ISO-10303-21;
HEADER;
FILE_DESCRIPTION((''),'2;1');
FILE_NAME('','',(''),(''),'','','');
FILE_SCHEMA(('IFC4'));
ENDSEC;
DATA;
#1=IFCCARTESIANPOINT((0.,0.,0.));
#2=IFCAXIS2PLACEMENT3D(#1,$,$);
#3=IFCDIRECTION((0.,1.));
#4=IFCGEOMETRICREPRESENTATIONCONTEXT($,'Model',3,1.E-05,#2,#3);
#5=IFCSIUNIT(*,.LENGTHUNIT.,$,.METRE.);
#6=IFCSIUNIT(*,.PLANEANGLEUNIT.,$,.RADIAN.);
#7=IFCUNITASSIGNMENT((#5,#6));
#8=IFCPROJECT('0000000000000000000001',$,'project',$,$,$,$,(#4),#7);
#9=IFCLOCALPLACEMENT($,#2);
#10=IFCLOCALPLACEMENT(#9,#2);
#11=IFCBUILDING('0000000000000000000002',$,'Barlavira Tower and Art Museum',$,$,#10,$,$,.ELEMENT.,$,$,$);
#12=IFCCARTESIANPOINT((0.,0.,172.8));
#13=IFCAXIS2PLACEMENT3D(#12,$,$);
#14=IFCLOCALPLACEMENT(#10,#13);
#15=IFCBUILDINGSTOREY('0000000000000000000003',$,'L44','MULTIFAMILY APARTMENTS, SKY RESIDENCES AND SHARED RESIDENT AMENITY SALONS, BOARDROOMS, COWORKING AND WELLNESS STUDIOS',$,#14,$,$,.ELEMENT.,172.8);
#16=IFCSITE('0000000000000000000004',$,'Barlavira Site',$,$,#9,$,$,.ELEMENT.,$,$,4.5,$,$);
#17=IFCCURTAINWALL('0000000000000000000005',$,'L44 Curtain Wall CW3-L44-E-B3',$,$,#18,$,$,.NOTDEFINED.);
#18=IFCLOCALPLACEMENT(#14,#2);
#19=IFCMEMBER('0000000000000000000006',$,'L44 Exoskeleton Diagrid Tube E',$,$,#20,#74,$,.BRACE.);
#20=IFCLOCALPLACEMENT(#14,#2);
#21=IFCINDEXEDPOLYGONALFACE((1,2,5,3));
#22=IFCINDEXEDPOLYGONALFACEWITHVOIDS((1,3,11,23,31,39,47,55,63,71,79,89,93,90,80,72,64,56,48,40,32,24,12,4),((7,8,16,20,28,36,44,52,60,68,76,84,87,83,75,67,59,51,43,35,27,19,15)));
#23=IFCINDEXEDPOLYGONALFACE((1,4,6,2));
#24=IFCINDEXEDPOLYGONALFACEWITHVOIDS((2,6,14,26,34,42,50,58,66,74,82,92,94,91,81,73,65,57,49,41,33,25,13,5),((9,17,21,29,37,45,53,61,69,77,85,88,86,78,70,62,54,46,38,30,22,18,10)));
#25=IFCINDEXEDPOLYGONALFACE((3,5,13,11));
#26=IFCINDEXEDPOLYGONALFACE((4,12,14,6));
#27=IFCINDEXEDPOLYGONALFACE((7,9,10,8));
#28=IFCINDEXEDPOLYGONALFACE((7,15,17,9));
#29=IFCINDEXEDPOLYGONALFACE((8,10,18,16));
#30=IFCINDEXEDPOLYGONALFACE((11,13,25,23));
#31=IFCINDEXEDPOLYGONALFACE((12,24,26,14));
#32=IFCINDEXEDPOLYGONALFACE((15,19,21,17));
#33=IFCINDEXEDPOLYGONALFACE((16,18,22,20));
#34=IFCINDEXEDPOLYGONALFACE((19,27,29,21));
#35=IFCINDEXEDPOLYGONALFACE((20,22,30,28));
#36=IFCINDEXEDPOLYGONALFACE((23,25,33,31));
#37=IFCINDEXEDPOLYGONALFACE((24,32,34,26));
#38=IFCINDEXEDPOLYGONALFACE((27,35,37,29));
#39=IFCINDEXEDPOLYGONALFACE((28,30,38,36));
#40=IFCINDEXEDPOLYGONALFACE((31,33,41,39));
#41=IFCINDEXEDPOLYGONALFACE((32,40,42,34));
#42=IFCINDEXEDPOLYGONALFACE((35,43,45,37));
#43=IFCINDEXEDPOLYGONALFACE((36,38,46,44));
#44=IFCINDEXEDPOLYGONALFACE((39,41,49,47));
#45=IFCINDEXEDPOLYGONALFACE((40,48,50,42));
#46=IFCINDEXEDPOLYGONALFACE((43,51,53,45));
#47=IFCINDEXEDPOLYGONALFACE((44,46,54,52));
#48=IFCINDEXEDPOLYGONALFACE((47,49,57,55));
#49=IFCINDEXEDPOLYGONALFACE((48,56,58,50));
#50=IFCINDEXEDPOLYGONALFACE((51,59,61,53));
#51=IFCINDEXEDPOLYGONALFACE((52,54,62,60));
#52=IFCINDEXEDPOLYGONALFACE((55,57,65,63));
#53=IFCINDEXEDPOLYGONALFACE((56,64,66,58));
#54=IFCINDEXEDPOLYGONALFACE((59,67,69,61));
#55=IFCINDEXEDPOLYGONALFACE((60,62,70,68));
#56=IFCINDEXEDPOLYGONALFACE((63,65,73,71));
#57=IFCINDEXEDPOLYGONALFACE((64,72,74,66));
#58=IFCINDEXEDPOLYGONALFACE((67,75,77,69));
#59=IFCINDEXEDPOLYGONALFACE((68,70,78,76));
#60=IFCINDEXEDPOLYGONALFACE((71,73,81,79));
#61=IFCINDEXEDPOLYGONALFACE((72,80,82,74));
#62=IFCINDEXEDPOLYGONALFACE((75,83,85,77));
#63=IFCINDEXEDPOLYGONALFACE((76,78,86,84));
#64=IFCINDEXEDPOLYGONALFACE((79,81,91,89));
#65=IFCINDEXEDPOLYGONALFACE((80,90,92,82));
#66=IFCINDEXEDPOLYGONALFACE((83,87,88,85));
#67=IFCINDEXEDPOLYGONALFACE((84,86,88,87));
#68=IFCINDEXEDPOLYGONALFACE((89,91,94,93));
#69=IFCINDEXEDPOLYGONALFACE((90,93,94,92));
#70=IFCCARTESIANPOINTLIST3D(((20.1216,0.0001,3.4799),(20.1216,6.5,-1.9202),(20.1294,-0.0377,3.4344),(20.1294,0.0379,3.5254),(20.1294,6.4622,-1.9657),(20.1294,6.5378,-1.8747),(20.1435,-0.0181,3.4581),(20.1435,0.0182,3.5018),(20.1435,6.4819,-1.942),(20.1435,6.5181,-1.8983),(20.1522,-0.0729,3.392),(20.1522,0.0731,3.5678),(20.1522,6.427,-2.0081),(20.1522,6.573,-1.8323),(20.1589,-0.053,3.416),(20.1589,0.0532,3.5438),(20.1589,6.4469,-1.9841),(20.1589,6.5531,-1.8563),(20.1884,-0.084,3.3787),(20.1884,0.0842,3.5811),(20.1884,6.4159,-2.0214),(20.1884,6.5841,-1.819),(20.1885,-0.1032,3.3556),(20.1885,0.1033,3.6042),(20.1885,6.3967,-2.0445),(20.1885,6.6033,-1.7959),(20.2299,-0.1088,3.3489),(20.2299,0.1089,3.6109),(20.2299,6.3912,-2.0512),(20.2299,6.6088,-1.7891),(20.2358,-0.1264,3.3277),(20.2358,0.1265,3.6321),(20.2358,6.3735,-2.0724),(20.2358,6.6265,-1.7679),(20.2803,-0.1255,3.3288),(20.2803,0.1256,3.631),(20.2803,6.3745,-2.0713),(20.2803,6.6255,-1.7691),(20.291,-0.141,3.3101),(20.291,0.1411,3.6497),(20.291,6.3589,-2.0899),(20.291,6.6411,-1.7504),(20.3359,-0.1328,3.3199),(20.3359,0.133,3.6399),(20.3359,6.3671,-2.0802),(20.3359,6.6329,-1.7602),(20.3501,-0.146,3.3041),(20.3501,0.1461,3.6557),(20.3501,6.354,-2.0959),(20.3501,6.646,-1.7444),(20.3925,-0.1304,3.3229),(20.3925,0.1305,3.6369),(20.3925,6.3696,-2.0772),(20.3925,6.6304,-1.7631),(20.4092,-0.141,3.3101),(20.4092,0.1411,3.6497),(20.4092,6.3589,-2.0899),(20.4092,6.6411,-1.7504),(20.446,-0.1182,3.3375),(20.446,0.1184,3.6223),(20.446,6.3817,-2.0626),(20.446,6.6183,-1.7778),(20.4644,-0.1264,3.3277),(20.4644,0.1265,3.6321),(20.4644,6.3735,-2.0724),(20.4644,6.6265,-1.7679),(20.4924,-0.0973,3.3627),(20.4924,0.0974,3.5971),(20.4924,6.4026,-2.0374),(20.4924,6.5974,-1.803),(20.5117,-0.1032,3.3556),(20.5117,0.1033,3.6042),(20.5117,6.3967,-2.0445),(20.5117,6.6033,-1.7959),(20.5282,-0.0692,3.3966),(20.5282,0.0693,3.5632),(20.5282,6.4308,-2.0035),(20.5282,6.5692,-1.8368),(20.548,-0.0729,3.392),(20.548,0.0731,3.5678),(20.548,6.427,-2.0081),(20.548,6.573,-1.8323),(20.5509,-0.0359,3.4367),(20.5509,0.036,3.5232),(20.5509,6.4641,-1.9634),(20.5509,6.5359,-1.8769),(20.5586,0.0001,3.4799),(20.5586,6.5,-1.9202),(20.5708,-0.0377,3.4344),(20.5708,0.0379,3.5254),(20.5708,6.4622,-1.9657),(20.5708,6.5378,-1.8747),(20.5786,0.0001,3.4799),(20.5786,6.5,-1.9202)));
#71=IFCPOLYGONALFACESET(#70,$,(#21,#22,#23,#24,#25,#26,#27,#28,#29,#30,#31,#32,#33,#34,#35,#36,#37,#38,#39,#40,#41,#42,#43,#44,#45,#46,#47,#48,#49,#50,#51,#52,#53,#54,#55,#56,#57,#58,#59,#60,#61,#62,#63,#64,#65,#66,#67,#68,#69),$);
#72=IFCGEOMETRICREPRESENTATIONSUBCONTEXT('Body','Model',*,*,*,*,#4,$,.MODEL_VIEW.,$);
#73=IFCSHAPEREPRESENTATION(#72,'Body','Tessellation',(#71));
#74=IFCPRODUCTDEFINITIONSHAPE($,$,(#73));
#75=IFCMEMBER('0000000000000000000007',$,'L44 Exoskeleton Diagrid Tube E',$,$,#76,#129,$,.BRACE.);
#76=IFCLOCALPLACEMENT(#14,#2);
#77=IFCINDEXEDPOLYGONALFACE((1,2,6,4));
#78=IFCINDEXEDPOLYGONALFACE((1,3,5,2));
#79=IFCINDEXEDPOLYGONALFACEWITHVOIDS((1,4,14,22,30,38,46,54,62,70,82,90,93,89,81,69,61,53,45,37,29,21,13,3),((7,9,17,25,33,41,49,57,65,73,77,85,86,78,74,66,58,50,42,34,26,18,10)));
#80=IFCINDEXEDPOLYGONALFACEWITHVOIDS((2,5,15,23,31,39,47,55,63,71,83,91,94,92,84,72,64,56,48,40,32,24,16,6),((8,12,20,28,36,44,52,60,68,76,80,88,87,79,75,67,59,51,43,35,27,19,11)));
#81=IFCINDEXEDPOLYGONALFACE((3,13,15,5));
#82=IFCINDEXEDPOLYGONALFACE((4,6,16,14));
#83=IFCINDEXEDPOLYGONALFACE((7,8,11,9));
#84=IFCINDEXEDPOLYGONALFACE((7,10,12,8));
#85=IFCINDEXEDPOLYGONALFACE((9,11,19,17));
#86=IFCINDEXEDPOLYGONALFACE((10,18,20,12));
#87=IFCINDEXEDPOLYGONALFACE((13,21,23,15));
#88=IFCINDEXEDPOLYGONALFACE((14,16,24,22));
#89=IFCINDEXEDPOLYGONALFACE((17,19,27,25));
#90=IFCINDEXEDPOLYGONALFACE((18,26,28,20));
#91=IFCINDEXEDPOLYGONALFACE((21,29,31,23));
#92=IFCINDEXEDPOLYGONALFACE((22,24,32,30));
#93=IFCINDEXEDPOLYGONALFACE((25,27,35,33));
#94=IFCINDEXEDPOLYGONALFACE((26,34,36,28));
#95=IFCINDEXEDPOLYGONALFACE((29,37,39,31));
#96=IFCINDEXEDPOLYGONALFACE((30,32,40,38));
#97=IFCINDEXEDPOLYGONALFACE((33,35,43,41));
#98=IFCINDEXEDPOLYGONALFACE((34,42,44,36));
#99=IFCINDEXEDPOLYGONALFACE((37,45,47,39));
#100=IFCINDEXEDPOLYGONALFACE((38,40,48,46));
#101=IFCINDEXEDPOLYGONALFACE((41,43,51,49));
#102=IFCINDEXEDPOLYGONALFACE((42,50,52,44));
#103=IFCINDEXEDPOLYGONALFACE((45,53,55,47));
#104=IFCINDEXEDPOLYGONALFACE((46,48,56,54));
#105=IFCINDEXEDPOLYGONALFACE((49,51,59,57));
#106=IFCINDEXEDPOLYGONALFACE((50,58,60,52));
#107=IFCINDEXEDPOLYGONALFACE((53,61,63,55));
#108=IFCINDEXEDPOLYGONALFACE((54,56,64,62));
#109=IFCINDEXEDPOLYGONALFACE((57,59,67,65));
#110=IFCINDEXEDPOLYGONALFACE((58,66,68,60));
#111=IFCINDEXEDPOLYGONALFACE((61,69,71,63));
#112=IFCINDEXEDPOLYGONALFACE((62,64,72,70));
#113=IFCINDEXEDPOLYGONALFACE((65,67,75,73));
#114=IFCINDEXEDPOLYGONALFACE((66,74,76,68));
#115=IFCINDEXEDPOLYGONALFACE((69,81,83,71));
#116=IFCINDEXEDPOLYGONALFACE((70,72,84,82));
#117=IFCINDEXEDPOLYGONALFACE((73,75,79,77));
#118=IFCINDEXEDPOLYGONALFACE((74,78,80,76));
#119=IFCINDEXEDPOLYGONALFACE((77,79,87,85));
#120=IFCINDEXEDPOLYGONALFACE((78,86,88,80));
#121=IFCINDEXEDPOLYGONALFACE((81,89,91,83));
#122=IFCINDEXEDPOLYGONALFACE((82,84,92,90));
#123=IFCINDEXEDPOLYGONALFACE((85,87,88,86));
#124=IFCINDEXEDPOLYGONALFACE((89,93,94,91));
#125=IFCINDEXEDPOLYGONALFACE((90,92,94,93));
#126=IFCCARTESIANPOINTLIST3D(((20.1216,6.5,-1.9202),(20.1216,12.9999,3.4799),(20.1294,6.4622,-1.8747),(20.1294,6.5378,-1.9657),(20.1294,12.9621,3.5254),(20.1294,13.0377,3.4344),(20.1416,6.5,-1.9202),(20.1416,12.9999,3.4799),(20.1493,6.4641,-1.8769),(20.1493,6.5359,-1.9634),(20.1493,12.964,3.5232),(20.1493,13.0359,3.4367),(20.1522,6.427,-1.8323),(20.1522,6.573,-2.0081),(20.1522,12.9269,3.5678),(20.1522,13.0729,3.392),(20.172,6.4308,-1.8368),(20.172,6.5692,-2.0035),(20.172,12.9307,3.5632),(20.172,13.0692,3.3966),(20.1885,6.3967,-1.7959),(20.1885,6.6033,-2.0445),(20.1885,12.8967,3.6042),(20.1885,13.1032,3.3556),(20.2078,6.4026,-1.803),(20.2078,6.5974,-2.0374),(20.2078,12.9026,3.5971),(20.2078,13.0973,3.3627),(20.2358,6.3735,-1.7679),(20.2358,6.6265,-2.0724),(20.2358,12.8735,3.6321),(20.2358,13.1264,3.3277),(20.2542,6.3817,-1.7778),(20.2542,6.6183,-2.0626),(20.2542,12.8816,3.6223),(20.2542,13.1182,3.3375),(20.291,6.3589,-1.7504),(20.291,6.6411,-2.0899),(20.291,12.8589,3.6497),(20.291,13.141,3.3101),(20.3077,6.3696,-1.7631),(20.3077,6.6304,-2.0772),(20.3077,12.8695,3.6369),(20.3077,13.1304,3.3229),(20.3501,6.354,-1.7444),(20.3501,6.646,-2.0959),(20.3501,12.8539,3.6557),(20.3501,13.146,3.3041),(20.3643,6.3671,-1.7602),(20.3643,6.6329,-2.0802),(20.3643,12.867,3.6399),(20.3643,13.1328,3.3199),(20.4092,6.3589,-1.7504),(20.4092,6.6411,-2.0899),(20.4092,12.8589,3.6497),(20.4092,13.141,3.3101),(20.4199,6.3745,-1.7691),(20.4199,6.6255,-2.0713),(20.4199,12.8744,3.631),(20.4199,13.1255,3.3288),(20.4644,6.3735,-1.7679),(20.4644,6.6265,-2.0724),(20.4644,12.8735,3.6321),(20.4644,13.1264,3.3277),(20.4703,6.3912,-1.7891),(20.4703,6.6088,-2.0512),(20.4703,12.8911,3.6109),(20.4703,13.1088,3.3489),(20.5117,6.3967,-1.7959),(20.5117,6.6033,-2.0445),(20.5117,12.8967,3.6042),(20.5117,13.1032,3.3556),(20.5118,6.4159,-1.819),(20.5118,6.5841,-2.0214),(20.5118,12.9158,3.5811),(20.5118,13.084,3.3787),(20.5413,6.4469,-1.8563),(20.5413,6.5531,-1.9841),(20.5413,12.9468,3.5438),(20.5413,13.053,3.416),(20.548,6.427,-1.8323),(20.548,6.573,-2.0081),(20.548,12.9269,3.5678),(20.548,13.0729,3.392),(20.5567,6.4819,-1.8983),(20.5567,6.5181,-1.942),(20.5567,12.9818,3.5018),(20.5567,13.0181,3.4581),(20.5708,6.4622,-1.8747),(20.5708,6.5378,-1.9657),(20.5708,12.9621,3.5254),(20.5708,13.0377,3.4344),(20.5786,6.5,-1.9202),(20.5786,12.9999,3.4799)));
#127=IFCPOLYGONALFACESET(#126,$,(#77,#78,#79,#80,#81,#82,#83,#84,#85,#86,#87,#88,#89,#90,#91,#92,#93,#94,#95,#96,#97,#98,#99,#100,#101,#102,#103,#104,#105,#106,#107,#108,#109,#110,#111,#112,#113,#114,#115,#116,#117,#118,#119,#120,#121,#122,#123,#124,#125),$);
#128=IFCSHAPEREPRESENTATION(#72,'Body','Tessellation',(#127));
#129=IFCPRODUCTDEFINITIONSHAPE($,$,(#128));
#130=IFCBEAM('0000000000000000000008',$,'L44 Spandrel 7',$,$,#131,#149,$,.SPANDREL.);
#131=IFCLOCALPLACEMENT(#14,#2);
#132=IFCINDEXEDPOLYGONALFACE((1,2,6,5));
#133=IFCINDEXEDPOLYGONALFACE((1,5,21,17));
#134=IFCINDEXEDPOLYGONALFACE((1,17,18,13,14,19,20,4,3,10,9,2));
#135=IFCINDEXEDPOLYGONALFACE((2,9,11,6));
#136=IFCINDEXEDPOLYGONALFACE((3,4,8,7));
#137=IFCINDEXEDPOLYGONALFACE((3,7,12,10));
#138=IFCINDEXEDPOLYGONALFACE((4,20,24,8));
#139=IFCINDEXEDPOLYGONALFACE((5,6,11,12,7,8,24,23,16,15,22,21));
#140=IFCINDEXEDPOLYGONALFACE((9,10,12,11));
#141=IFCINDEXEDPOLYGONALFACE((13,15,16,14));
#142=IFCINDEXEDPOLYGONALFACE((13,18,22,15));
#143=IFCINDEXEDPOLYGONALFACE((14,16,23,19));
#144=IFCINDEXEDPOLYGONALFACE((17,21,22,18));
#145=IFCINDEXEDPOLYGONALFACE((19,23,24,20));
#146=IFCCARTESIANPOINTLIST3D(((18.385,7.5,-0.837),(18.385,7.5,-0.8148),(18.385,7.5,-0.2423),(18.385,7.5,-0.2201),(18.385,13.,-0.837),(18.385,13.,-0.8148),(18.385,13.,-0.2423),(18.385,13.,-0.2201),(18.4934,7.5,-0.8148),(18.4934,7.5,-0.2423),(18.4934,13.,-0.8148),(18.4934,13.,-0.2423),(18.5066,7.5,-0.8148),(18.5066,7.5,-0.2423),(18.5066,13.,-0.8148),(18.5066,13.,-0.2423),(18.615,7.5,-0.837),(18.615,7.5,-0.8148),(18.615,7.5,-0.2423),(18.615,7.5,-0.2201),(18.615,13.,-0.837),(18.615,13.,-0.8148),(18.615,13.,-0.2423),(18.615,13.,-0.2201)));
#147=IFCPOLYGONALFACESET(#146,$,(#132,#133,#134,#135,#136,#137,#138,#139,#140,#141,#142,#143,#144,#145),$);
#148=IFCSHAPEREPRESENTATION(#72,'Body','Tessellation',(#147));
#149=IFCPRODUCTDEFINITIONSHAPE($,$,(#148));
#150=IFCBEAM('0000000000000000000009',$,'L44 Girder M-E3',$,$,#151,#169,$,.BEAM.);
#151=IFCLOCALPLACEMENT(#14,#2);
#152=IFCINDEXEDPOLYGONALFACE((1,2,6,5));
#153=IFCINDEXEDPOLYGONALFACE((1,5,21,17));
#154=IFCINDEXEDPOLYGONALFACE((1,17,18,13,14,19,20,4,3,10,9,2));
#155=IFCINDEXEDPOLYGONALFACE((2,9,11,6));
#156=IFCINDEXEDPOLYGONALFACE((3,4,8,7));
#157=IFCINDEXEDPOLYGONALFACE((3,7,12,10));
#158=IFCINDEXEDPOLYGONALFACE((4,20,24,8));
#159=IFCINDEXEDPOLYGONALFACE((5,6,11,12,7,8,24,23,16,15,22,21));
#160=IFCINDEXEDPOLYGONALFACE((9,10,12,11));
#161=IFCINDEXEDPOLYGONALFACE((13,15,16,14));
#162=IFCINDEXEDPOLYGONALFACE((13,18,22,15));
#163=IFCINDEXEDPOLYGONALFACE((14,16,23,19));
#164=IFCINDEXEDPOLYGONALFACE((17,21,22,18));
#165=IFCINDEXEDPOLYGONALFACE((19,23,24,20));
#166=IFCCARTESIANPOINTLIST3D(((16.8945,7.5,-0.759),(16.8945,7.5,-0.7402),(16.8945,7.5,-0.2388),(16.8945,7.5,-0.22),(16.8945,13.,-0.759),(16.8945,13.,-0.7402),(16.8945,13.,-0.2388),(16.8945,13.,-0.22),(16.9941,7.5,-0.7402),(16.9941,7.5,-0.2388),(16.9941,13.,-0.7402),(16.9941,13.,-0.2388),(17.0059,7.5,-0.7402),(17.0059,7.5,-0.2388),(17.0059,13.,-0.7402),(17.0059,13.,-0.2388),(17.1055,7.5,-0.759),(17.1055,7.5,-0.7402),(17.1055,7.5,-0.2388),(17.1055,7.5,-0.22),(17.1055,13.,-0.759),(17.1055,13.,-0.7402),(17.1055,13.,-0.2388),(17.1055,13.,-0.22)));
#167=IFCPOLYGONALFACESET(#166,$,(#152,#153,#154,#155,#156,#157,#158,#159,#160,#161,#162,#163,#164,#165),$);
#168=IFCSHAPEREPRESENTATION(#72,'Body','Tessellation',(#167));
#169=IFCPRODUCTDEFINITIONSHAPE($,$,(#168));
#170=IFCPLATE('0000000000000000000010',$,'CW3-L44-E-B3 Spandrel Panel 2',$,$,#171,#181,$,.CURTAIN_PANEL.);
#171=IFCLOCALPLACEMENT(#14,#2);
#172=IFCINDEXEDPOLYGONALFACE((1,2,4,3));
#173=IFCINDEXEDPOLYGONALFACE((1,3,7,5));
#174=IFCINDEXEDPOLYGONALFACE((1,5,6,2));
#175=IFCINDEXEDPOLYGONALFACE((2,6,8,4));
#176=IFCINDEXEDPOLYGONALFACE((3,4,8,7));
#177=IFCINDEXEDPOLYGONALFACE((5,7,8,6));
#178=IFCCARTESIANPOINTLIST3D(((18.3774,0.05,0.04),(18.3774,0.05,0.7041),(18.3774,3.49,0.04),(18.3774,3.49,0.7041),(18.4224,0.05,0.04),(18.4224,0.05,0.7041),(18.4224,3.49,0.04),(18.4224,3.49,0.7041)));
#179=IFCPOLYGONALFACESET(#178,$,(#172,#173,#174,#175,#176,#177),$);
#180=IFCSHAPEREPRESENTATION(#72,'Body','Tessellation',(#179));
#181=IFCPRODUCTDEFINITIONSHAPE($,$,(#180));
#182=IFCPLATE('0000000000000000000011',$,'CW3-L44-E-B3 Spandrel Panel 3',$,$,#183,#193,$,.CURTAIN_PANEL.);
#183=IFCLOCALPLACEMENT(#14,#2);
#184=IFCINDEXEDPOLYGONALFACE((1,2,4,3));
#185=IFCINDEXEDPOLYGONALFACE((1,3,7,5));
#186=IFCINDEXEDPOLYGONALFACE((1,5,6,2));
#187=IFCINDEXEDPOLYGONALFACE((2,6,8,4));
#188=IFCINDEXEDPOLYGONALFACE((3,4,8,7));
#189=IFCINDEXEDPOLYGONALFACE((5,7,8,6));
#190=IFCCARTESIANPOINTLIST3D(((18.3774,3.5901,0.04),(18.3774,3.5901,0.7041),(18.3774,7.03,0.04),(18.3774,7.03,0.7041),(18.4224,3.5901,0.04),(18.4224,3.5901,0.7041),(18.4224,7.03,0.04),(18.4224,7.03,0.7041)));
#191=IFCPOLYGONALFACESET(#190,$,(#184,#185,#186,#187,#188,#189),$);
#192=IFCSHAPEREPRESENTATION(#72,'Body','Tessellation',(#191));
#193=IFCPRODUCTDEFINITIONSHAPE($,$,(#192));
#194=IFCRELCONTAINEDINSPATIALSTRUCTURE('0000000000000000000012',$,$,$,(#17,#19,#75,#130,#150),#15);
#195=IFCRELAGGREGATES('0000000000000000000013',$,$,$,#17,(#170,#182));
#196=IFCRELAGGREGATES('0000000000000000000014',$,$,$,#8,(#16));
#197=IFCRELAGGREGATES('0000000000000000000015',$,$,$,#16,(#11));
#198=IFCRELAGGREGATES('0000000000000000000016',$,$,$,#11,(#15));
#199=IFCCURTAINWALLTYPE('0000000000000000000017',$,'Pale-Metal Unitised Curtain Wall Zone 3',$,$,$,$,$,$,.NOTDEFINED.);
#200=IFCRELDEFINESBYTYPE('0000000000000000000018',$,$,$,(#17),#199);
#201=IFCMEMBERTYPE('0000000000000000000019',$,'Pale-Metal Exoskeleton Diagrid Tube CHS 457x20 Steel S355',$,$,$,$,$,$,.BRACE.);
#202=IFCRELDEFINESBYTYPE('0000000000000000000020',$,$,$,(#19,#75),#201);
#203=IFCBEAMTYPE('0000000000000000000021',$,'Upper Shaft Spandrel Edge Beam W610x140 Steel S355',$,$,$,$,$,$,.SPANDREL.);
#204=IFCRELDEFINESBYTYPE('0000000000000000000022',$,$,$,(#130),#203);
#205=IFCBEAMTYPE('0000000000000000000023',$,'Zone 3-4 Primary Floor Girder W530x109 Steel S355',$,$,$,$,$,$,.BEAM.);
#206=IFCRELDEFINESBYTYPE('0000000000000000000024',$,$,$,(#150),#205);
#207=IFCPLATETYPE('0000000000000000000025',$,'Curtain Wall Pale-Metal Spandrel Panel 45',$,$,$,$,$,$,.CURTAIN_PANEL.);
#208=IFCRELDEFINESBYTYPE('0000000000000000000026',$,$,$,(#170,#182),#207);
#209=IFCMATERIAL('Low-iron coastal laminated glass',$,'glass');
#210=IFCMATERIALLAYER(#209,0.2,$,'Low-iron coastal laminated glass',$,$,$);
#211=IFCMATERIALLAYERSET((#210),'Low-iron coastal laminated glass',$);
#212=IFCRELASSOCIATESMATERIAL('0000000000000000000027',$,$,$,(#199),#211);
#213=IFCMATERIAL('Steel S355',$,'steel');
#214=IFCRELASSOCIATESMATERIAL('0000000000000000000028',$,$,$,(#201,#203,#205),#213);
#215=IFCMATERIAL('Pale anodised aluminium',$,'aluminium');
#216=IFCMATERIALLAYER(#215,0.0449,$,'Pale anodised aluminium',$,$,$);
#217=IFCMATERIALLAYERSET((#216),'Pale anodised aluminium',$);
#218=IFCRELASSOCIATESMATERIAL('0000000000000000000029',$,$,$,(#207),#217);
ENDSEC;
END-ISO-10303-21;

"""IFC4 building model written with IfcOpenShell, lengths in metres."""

from ifc_helpers import new_model, si_unit, direction, frame, origin, origin_2d, place, context, subcontext, project, spatial, rectangle, hollow_circle, i_section, extrude, material, layer, layer_set, material_profile, profile_set, type_object, element, aggregate, save


model = new_model("IFC4")

# Units and contexts
model_context = context("Model", 3, precision=1e-05, world=origin(), true_north=direction((0.0, 1.0)))
body_context = subcontext(model_context, "Body", "Model", "MODEL_VIEW")
ifc_project = project(units=[si_unit("LENGTHUNIT", "METRE"), si_unit("PLANEANGLEUNIT", "RADIAN")], contexts=[model_context])

# Site, building, storey
site_placement = place(None, origin())
site = spatial("IfcSite", under=ifc_project, at=site_placement, Name="Barlavira Site", CompositionType="ELEMENT", RefElevation=4.5)
building_placement = place(site_placement, origin())
building = spatial("IfcBuilding", under=site, at=building_placement, Name="Barlavira Tower and Art Museum", CompositionType="ELEMENT")
storey_placement = place(building_placement, frame((0.0, 0.0, 172.8)))
storey = spatial("IfcBuildingStorey", under=building, at=storey_placement, Name="L44", Description="MULTIFAMILY APARTMENTS, SKY RESIDENCES AND SHARED RESIDENT AMENITY SALONS, BOARDROOMS, COWORKING AND WELLNESS STUDIOS", CompositionType="ELEMENT", Elevation=172.8)

# Curtain wall
ifc_material_1 = material(Name="Low-iron coastal laminated glass", Category="glass")
ifc_layer_1 = layer(ifc_material_1, 0.2, Name="Low-iron coastal laminated glass")
ifc_layer_set_1 = layer_set([ifc_layer_1], Name="Low-iron coastal laminated glass")
curtain_wall_type = type_object("IfcCurtainWallType", Name="Pale-Metal Unitised Curtain Wall Zone 3", PredefinedType="NOTDEFINED", material=ifc_layer_set_1)
curtain_wall_placement = place(storey_placement, origin())
curtain_wall = element("IfcCurtainWall", 1, at=curtain_wall_placement, inside=storey, type_object=curtain_wall_type, Name="L44 Curtain Wall CW3-L44-E-B3", PredefinedType="NOTDEFINED")
ifc_material_2 = material(Name="Pale anodised aluminium", Category="aluminium")

# Members
ifc_material_3 = material(Name="Steel S355", Category="steel")
ifc_material_profile_1 = material_profile(ifc_material_3, hollow_circle(Radius=0.2285, WallThickness=0.02, at=origin_2d()), Name="CHS 457.0x20.0")
ifc_profile_set_1 = profile_set([ifc_material_profile_1], Name="Steel S355")
member_type_1 = type_object("IfcMemberType", Name="Pale-Metal Exoskeleton Diagrid Tube CHS 457x20 Steel S355", PredefinedType="BRACE", material=ifc_profile_set_1)
for number, where, z_axis, x_axis, name in (
    (2, (20.3501, 6.5, -1.9202), (0.0, -0.769182, 0.63903), (1.0, 0.0, 0.0), "L44 Exoskeleton Diagrid Tube E"),
    (3, (20.3501, 6.5, -1.9202), (0.0, 0.769182, 0.63903), (-1.0, 0.0, 0.0), "L44 Exoskeleton Diagrid Tube E"),
):
    element("IfcMember", number, at=place(storey_placement, frame(where, z_axis=z_axis, x_axis=x_axis)), inside=storey, type_object=member_type_1, Name=name, PredefinedType="BRACE", context=body_context, shape_type="SweptSolid", body=[
        extrude(hollow_circle(Radius=0.2285, WallThickness=0.02, at=origin_2d()), origin(), (0.0, 0.0, 1.0), 8.4504),
    ])

# Beams
ifc_material_profile_2 = material_profile(ifc_material_3, i_section(OverallWidth=0.23, OverallDepth=0.6169, WebThickness=0.0132, FlangeThickness=0.0222, at=origin_2d()), Name="W610x140.0")
ifc_profile_set_2 = profile_set([ifc_material_profile_2], Name="Steel S355")
beam_type_1 = type_object("IfcBeamType", Name="Upper Shaft Spandrel Edge Beam W610x140 Steel S355", PredefinedType="SPANDREL", material=ifc_profile_set_2)
beam_1_placement = place(storey_placement, frame((18.5, 7.5, -0.5286), z_axis=(0.0, 1.0, 0.0), x_axis=(-1.0, 0.0, 0.0)))
element("IfcBeam", 4, at=beam_1_placement, inside=storey, type_object=beam_type_1, Name="L44 Spandrel 7", PredefinedType="SPANDREL", context=body_context, shape_type="SweptSolid", body=[
    extrude(i_section(OverallWidth=0.23, OverallDepth=0.6169, WebThickness=0.0132, FlangeThickness=0.0222, at=origin_2d()), origin(), (0.0, 0.0, 1.0), 5.5),
])
ifc_material_profile_3 = material_profile(ifc_material_3, i_section(OverallWidth=0.2109, OverallDepth=0.5391, WebThickness=0.0117, FlangeThickness=0.0188, at=origin_2d()), Name="W530x109.0")
ifc_profile_set_3 = profile_set([ifc_material_profile_3], Name="Steel S355")
beam_type_2 = type_object("IfcBeamType", Name="Zone 3-4 Primary Floor Girder W530x109 Steel S355", PredefinedType="BEAM", material=ifc_profile_set_3)
beam_2_placement = place(storey_placement, frame((17.0, 7.5, -0.4895), z_axis=(0.0, 1.0, 0.0), x_axis=(-1.0, 0.0, 0.0)))
element("IfcBeam", 5, at=beam_2_placement, inside=storey, type_object=beam_type_2, Name="L44 Girder M-E3", PredefinedType="BEAM", context=body_context, shape_type="SweptSolid", body=[
    extrude(i_section(OverallWidth=0.2109, OverallDepth=0.5391, WebThickness=0.0117, FlangeThickness=0.0188, at=origin_2d()), origin(), (0.0, 0.0, 1.0), 5.5),
])

# Plates
ifc_layer_2 = layer(ifc_material_2, 0.0449, Name="Pale anodised aluminium")
ifc_layer_set_2 = layer_set([ifc_layer_2], Name="Pale anodised aluminium")
plate_type_1 = type_object("IfcPlateType", Name="Curtain Wall Pale-Metal Spandrel Panel 45", PredefinedType="CURTAIN_PANEL", material=ifc_layer_set_2)
plate_1_placement = place(storey_placement, frame((18.3999, 1.77, 0.04), z_axis=(0.0, 0.0, 1.0), x_axis=(0.0, 1.0, 0.0)))
plate_1 = element("IfcPlate", 6, at=plate_1_placement, type_object=plate_type_1, Name="CW3-L44-E-B3 Spandrel Panel 2", PredefinedType="CURTAIN_PANEL", context=body_context, shape_type="SweptSolid", body=[
    extrude(rectangle(XDim=3.4399, YDim=0.0449, at=origin_2d()), origin(), (0.0, 0.0, 1.0), 0.6641),
])
plate_2_placement = place(storey_placement, frame((18.3999, 5.3101, 0.04), z_axis=(0.0, 0.0, 1.0), x_axis=(0.0, 1.0, 0.0)))
plate_2 = element("IfcPlate", 7, at=plate_2_placement, type_object=plate_type_1, Name="CW3-L44-E-B3 Spandrel Panel 3", PredefinedType="CURTAIN_PANEL", context=body_context, shape_type="SweptSolid", body=[
    extrude(rectangle(XDim=3.4399, YDim=0.0449, at=origin_2d()), origin(), (0.0, 0.0, 1.0), 0.6641),
])
aggregate(curtain_wall, [plate_1, plate_2])

save(model, "model.ifc")
